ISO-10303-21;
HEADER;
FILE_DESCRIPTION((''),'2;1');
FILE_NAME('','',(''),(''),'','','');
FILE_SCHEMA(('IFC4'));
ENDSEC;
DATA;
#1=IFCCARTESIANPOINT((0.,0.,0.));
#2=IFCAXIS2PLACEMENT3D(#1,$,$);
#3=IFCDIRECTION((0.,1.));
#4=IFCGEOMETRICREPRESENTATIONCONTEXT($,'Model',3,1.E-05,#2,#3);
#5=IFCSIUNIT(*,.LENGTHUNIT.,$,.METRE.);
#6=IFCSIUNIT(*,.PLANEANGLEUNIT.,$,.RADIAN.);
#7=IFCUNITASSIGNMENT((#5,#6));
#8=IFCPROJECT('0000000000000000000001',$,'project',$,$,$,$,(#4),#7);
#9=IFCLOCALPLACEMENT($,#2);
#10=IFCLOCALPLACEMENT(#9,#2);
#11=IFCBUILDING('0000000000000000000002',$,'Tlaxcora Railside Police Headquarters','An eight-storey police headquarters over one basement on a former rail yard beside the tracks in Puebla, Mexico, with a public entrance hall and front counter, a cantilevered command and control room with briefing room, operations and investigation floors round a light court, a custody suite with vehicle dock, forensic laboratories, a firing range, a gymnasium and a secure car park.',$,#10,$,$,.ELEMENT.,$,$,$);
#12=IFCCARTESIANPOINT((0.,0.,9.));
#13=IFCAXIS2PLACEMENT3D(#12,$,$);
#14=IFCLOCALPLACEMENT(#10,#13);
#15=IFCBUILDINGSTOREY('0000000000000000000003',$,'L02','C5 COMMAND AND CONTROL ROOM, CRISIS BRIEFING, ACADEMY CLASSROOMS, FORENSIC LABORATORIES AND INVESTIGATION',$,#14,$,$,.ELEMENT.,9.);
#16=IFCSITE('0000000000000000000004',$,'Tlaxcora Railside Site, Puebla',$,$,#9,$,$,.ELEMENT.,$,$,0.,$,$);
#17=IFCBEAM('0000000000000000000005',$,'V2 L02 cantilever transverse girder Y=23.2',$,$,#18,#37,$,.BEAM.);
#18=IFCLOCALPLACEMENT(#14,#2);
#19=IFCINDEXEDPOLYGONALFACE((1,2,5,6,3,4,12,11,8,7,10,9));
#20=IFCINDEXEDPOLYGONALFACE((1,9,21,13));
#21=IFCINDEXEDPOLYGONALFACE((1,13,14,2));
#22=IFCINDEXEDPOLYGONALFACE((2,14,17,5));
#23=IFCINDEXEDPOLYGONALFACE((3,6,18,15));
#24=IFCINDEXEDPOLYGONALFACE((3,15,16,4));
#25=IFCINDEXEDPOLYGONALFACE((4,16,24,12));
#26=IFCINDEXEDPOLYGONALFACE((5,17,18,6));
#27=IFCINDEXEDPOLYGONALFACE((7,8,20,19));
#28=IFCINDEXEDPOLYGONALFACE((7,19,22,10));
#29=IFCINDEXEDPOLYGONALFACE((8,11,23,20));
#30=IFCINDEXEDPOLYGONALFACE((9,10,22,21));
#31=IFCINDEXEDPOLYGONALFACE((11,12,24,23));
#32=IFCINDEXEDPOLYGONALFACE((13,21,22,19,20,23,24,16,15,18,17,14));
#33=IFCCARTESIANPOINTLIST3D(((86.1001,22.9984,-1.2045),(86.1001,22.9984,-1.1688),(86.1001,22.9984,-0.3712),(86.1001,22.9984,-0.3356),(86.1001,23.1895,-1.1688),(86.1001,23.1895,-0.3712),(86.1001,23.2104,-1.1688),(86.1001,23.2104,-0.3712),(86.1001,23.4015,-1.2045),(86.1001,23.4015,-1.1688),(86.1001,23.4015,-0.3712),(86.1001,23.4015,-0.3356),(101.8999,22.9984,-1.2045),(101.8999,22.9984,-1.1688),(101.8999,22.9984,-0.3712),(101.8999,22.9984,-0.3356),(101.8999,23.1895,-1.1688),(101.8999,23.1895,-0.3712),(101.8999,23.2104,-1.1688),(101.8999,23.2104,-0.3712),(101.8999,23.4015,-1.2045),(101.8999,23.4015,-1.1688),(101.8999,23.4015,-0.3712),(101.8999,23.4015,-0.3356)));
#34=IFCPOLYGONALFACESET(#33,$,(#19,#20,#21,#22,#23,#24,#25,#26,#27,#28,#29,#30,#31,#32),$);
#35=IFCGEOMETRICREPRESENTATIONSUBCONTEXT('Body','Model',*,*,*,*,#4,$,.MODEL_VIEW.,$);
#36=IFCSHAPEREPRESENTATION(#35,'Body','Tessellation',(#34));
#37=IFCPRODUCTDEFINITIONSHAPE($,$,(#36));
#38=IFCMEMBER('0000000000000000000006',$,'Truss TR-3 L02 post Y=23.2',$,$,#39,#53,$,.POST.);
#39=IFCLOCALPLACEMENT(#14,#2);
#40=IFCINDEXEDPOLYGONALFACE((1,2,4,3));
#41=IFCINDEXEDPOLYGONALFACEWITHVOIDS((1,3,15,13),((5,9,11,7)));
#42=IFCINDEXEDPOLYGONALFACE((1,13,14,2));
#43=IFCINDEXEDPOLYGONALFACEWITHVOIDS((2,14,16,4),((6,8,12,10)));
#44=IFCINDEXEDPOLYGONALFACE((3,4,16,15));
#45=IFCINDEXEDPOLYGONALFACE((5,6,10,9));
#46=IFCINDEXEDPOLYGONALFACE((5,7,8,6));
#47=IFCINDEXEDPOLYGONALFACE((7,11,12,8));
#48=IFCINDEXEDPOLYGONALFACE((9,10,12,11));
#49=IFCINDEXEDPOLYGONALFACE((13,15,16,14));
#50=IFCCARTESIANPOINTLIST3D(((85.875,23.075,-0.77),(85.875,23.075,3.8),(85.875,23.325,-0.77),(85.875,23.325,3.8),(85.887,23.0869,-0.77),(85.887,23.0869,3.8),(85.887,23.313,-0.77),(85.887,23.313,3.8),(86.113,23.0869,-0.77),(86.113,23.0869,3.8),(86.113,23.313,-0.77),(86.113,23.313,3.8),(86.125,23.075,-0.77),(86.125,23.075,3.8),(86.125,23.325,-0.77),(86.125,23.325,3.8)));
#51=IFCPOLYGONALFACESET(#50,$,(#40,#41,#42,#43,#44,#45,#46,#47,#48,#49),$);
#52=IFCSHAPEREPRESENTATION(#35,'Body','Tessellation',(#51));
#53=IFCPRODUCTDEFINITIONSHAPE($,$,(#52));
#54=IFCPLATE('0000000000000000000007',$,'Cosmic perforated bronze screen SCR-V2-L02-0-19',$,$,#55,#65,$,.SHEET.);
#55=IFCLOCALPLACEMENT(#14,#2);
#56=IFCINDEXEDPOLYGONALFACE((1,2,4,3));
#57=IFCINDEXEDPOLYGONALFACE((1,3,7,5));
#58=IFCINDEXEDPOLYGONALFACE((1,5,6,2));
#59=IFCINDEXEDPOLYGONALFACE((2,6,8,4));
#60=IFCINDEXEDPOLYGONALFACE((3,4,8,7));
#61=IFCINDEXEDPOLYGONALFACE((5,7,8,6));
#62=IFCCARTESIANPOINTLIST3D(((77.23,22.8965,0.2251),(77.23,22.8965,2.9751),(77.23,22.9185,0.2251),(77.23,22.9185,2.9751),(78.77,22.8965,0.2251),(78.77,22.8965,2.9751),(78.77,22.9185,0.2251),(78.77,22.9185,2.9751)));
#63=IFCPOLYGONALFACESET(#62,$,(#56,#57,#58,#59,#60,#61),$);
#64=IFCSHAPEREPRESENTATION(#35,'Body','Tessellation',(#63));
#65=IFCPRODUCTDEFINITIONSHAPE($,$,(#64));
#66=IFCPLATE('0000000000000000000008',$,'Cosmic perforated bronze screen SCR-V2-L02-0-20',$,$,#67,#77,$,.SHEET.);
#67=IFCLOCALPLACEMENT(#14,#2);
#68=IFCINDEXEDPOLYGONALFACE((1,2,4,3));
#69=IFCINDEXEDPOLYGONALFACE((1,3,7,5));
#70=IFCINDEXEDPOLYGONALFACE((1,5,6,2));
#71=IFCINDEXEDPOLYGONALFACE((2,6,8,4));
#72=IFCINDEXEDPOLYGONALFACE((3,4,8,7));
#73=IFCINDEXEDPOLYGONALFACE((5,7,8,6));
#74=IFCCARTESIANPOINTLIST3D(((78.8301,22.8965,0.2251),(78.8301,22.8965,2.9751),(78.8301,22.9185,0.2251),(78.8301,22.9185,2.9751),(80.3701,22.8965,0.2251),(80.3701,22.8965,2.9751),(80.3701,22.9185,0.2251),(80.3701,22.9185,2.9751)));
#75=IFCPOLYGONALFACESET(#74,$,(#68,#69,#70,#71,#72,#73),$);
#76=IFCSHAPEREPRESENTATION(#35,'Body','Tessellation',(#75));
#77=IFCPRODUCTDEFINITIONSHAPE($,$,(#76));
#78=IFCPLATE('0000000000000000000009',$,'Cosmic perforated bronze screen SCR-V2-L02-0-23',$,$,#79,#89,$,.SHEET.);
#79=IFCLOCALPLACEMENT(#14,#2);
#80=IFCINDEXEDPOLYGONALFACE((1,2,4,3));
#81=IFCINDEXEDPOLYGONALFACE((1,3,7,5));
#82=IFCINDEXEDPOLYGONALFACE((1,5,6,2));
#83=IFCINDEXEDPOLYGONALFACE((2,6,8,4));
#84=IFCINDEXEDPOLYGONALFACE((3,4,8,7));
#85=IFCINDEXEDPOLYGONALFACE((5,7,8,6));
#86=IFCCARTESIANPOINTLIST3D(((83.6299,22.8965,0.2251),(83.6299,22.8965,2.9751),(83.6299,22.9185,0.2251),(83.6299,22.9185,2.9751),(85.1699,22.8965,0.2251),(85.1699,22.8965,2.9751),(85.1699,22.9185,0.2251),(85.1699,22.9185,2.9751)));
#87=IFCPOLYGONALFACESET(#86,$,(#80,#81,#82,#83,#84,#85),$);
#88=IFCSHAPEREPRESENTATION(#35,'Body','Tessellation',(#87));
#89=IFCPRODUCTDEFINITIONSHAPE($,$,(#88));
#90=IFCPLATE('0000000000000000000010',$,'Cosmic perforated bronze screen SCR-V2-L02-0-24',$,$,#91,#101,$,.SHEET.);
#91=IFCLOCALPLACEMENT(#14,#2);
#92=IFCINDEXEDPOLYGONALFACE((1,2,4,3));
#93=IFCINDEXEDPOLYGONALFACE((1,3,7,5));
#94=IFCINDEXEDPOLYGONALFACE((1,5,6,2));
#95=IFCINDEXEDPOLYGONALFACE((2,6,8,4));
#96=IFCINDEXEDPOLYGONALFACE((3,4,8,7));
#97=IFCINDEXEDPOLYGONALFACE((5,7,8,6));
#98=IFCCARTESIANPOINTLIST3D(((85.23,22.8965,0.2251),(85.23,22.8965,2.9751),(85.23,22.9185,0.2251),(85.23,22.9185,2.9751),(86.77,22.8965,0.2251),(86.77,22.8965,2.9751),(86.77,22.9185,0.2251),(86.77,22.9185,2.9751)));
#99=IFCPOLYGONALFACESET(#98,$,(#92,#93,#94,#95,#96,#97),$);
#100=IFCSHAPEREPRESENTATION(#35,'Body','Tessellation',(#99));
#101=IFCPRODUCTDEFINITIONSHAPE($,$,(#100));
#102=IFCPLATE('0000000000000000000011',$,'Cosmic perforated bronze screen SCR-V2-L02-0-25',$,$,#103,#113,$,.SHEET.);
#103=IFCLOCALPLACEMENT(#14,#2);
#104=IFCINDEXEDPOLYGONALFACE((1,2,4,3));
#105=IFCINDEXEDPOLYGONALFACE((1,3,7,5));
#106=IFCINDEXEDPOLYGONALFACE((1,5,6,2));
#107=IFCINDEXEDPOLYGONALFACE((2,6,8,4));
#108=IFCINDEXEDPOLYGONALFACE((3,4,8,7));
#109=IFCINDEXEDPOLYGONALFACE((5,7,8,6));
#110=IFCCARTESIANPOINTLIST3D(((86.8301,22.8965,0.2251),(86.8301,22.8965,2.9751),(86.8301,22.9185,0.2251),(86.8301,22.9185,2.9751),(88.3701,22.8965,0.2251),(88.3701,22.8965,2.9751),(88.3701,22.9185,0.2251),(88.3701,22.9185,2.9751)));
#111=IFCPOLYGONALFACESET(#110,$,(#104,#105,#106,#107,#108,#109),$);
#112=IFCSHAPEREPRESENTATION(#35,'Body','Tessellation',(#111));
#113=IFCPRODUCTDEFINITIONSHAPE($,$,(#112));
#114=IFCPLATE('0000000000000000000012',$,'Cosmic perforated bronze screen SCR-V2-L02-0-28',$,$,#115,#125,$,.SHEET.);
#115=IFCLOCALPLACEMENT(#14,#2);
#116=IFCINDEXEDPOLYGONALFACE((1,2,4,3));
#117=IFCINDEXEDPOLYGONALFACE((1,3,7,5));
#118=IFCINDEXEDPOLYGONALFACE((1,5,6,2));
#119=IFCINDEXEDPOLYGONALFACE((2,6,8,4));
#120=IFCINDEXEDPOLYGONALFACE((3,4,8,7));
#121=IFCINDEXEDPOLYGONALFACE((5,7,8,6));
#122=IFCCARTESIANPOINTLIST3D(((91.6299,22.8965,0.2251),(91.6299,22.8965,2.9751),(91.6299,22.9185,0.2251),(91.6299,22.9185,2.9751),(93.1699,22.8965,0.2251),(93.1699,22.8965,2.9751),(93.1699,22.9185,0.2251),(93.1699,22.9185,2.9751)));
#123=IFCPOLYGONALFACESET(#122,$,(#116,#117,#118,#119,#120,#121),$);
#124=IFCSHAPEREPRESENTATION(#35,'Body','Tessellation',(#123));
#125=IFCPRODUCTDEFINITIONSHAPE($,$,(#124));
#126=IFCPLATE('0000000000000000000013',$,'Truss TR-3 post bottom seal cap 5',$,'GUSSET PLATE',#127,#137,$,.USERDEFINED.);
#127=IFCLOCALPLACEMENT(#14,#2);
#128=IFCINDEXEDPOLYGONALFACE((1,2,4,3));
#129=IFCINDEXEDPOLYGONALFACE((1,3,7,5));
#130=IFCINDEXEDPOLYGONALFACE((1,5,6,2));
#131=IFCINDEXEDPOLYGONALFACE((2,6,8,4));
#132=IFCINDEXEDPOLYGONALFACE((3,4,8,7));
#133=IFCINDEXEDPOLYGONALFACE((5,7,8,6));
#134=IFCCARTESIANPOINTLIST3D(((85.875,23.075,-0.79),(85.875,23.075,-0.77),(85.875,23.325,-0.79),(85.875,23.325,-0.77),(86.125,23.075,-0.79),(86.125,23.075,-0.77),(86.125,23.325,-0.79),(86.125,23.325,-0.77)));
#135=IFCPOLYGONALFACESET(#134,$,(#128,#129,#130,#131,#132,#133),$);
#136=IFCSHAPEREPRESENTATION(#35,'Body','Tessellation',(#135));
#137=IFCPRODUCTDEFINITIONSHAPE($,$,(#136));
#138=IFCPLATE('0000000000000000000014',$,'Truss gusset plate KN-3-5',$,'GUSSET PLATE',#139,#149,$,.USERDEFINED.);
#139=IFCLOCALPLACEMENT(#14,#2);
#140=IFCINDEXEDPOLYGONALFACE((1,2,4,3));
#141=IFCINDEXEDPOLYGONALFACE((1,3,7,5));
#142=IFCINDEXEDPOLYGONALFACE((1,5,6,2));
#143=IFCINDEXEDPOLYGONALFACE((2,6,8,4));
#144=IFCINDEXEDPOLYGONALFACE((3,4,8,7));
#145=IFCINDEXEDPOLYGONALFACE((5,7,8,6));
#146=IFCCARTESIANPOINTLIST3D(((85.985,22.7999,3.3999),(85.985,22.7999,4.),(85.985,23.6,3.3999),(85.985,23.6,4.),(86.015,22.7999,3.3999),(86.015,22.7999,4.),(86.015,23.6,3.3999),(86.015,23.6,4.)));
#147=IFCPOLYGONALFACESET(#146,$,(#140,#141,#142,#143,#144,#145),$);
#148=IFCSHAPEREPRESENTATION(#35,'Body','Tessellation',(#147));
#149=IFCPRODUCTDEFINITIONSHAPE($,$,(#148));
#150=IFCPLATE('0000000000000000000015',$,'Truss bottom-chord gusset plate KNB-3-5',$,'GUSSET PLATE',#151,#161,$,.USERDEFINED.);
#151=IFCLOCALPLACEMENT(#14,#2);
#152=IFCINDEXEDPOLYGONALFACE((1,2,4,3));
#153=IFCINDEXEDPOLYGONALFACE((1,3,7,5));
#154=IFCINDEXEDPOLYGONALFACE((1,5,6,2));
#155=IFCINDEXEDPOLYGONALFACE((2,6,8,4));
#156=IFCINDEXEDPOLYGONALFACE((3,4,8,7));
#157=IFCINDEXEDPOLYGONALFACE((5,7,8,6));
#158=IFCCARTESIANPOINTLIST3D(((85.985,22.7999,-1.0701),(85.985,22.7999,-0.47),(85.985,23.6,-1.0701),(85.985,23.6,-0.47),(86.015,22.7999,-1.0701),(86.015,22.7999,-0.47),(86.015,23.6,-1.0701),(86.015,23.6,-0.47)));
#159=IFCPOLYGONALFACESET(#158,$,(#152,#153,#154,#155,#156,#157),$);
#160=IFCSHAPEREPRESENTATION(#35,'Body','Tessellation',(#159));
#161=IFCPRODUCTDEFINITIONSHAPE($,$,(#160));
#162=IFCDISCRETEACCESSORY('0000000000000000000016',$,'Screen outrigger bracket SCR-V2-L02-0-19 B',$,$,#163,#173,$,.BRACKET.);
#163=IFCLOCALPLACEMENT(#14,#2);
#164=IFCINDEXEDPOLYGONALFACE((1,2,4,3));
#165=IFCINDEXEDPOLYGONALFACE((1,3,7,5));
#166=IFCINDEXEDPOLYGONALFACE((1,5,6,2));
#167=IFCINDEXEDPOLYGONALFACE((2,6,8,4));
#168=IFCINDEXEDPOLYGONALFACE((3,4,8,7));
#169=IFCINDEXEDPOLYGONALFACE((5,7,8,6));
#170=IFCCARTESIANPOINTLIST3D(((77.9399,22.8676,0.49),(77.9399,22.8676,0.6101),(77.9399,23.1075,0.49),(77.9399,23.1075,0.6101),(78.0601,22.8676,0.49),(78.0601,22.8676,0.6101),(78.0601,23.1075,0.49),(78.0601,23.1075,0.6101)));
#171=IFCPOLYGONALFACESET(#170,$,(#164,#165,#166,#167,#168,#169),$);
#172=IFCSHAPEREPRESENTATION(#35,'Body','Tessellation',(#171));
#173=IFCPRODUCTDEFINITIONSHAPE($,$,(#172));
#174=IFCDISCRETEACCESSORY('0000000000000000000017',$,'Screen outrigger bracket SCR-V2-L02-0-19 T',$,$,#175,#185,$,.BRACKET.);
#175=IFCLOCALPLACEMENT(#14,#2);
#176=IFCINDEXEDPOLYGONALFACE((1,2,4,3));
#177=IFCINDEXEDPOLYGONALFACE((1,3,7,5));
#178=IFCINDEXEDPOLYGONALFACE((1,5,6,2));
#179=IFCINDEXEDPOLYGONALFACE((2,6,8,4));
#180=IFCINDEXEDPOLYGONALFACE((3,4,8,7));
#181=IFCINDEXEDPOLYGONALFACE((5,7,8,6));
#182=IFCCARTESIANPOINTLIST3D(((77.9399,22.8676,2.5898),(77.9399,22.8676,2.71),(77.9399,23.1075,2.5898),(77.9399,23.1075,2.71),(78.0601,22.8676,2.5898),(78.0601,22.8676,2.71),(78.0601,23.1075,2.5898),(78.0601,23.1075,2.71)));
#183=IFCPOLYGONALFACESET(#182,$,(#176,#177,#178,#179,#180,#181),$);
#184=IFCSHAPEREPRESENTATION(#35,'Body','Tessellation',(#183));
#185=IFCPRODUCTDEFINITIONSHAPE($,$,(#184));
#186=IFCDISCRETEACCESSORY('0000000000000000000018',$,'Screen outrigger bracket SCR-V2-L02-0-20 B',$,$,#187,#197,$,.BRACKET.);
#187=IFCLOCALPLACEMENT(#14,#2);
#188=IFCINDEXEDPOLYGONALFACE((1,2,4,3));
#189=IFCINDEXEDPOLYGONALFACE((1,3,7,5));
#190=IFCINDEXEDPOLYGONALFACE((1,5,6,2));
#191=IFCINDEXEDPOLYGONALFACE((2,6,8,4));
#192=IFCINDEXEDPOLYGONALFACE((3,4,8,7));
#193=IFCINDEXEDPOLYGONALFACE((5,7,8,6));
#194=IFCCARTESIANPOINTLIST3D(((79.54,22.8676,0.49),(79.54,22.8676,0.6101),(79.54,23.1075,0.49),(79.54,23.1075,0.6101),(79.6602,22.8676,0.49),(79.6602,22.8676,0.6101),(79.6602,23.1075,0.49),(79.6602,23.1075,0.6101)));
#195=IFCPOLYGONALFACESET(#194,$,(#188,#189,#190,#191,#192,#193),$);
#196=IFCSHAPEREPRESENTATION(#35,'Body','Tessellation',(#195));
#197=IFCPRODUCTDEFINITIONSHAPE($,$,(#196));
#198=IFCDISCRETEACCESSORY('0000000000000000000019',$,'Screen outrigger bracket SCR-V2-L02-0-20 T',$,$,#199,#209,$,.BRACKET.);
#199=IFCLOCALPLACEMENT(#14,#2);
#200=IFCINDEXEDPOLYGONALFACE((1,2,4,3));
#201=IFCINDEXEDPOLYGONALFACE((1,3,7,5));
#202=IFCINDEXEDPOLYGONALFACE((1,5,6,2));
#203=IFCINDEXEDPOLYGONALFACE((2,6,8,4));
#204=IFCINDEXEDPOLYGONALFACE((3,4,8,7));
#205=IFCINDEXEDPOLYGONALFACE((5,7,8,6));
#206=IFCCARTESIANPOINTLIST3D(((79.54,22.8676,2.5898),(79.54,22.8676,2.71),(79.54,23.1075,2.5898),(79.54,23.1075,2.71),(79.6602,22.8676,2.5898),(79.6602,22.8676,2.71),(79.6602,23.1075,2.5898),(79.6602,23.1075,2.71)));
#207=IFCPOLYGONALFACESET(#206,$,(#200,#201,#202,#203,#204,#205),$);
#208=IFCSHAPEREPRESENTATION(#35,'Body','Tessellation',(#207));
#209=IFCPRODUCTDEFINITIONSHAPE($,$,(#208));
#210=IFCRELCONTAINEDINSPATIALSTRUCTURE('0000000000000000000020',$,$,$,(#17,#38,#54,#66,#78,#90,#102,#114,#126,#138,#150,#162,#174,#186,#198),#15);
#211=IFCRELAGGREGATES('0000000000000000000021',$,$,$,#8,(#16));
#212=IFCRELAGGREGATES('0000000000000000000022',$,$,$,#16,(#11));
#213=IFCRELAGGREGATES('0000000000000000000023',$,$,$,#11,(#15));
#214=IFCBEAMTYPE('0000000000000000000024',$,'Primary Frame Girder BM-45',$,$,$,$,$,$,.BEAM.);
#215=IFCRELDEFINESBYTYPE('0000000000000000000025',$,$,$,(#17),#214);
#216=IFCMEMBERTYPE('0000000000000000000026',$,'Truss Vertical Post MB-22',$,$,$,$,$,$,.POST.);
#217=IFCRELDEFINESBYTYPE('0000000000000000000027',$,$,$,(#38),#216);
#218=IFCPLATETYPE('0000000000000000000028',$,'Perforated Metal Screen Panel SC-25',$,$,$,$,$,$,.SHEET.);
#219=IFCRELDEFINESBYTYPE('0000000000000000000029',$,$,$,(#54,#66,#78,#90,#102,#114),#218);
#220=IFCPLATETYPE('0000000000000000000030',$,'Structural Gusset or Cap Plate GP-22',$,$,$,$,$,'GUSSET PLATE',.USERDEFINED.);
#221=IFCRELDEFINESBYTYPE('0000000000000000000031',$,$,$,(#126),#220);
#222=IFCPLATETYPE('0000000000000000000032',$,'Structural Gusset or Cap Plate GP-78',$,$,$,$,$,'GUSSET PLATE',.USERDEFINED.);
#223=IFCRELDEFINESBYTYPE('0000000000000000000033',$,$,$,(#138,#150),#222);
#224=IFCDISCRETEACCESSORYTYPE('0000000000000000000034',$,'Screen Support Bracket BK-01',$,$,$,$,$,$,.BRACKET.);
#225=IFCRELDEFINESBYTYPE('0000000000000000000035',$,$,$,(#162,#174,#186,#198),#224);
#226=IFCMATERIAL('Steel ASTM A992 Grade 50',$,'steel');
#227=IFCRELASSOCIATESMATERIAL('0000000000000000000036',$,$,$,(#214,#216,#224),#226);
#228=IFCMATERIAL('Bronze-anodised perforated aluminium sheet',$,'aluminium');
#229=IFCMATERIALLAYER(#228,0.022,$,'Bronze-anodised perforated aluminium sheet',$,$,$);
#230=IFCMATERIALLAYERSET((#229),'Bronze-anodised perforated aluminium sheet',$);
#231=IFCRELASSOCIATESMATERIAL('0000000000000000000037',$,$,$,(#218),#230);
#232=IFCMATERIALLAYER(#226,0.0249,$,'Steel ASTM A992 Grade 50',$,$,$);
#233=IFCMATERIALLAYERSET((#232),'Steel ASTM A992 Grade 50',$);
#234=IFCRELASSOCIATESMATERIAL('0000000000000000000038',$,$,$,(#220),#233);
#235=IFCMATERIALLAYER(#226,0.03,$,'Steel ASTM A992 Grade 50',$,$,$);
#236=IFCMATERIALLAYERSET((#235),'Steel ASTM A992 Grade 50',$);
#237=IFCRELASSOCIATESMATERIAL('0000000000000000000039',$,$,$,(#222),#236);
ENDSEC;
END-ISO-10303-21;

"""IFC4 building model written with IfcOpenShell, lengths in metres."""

from ifc_helpers import new_model, si_unit, direction, frame, origin, origin_2d, place, context, subcontext, project, spatial, rectangle, hollow_rectangle, i_section, extrude, material, layer, layer_set, material_profile, profile_set, type_object, element, save


model = new_model("IFC4")

# Units and contexts
model_context = context("Model", 3, precision=1e-05, world=origin(), true_north=direction((0.0, 1.0)))
body_context = subcontext(model_context, "Body", "Model", "MODEL_VIEW")
ifc_project = project(units=[si_unit("LENGTHUNIT", "METRE"), si_unit("PLANEANGLEUNIT", "RADIAN")], contexts=[model_context])

# Site, building, storey
site_placement = place(None, origin())
site = spatial("IfcSite", under=ifc_project, at=site_placement, Name="Tlaxcora Railside Site, Puebla", CompositionType="ELEMENT", RefElevation=0.0)
building_placement = place(site_placement, origin())
building = spatial("IfcBuilding", under=site, at=building_placement, Name="Tlaxcora Railside Police Headquarters", Description="An eight-storey police headquarters over one basement on a former rail yard beside the tracks in Puebla, Mexico, with a public entrance hall and front counter, a cantilevered command and control room with briefing room, operations and investigation floors round a light court, a custody suite with vehicle dock, forensic laboratories, a firing range, a gymnasium and a secure car park.", CompositionType="ELEMENT")
storey_placement = place(building_placement, frame((0.0, 0.0, 9.0)))
storey = spatial("IfcBuildingStorey", under=building, at=storey_placement, Name="L02", Description="C5 COMMAND AND CONTROL ROOM, CRISIS BRIEFING, ACADEMY CLASSROOMS, FORENSIC LABORATORIES AND INVESTIGATION", CompositionType="ELEMENT", Elevation=9.0)

# Beam
ifc_material_1 = material(Name="Steel ASTM A992 Grade 50", Category="steel")
ifc_material_profile_1 = material_profile(ifc_material_1, i_section(OverallWidth=0.4031, OverallDepth=0.8689, WebThickness=0.021, FlangeThickness=0.0356, at=origin_2d()), Name="W33X241")
ifc_profile_set_1 = profile_set([ifc_material_profile_1], Name="Steel ASTM A992 Grade 50")
beam_type = type_object("IfcBeamType", Name="Primary Frame Girder BM-45", PredefinedType="BEAM", material=ifc_profile_set_1)
beam_placement = place(storey_placement, frame((86.1001, 23.2, -0.77), z_axis=(1.0, 0.0, 0.0), x_axis=(0.0, 1.0, 0.0)))
element("IfcBeam", 1, at=beam_placement, inside=storey, type_object=beam_type, Name="V2 L02 cantilever transverse girder Y=23.2", PredefinedType="BEAM", context=body_context, shape_type="SweptSolid", body=[
    extrude(i_section(OverallWidth=0.4031, OverallDepth=0.8689, WebThickness=0.021, FlangeThickness=0.0356, at=origin_2d()), origin(), (0.0, 0.0, 1.0), 15.7998),
])

# Member
ifc_material_profile_2 = material_profile(ifc_material_1, hollow_rectangle(XDim=0.25, YDim=0.25, WallThickness=0.012, at=origin_2d()), Name="HSS250X250X12")
ifc_profile_set_2 = profile_set([ifc_material_profile_2], Name="Steel ASTM A992 Grade 50")
member_type = type_object("IfcMemberType", Name="Truss Vertical Post MB-22", PredefinedType="POST", material=ifc_profile_set_2)
member_placement = place(storey_placement, frame((86.0, 23.2, -0.77), z_axis=(0.0, 0.0, 1.0), x_axis=(1.0, 0.0, 0.0)))
element("IfcMember", 2, at=member_placement, inside=storey, type_object=member_type, Name="Truss TR-3 L02 post Y=23.2", PredefinedType="POST", context=body_context, shape_type="SweptSolid", body=[
    extrude(hollow_rectangle(XDim=0.25, YDim=0.25, WallThickness=0.012, at=origin_2d()), origin(), (0.0, 0.0, 1.0), 4.5701),
])

# Plates
ifc_material_2 = material(Name="Bronze-anodised perforated aluminium sheet", Category="aluminium")
ifc_layer_1 = layer(ifc_material_2, 0.022, Name="Bronze-anodised perforated aluminium sheet")
ifc_layer_set_1 = layer_set([ifc_layer_1], Name="Bronze-anodised perforated aluminium sheet")
plate_type_1 = type_object("IfcPlateType", Name="Perforated Metal Screen Panel SC-25", PredefinedType="SHEET", material=ifc_layer_set_1)
for number, where, z_axis, x_axis, name in (
    (3, (78.0, 22.9075, 0.2251), (0.0, 0.0, 1.0), (1.0, 0.0, 0.0), "Cosmic perforated bronze screen SCR-V2-L02-0-19"),
    (4, (79.6001, 22.9075, 0.2251), (0.0, 0.0, 1.0), (1.0, 0.0, 0.0), "Cosmic perforated bronze screen SCR-V2-L02-0-20"),
    (5, (84.3999, 22.9075, 0.2251), (0.0, 0.0, 1.0), (1.0, 0.0, 0.0), "Cosmic perforated bronze screen SCR-V2-L02-0-23"),
    (6, (86.0, 22.9075, 0.2251), (0.0, 0.0, 1.0), (1.0, 0.0, 0.0), "Cosmic perforated bronze screen SCR-V2-L02-0-24"),
    (7, (87.6001, 22.9075, 0.2251), (0.0, 0.0, 1.0), (1.0, 0.0, 0.0), "Cosmic perforated bronze screen SCR-V2-L02-0-25"),
    (8, (92.3999, 22.9075, 0.2251), (0.0, 0.0, 1.0), (1.0, 0.0, 0.0), "Cosmic perforated bronze screen SCR-V2-L02-0-28"),
):
    element("IfcPlate", number, at=place(storey_placement, frame(where, z_axis=z_axis, x_axis=x_axis)), inside=storey, type_object=plate_type_1, Name=name, PredefinedType="SHEET", context=body_context, shape_type="SweptSolid", body=[
        extrude(rectangle(XDim=1.54, YDim=0.022, at=origin_2d()), origin(), (0.0, 0.0, 1.0), 2.75),
    ])
ifc_layer_2 = layer(ifc_material_1, 0.0249, Name="Steel ASTM A992 Grade 50")
ifc_layer_set_2 = layer_set([ifc_layer_2], Name="Steel ASTM A992 Grade 50")
plate_type_2 = type_object("IfcPlateType", Name="Structural Gusset or Cap Plate GP-22", ElementType="GUSSET PLATE", PredefinedType="USERDEFINED", material=ifc_layer_set_2)
plate_placement = place(storey_placement, frame((86.0, 23.2, -0.79), z_axis=(0.0, 0.0, 1.0), x_axis=(1.0, 0.0, 0.0)))
element("IfcPlate", 9, at=plate_placement, inside=storey, type_object=plate_type_2, Name="Truss TR-3 post bottom seal cap 5", ObjectType="GUSSET PLATE", PredefinedType="USERDEFINED", context=body_context, shape_type="SweptSolid", body=[
    extrude(rectangle(XDim=0.25, YDim=0.25, at=origin_2d()), origin(), (0.0, 0.0, 1.0), 0.02),
])
ifc_layer_3 = layer(ifc_material_1, 0.03, Name="Steel ASTM A992 Grade 50")
ifc_layer_set_3 = layer_set([ifc_layer_3], Name="Steel ASTM A992 Grade 50")
plate_type_3 = type_object("IfcPlateType", Name="Structural Gusset or Cap Plate GP-78", ElementType="GUSSET PLATE", PredefinedType="USERDEFINED", material=ifc_layer_set_3)
for number, where, z_axis, x_axis, name in (
    (10, (86.0, 23.2, 3.3999), (0.0, 0.0, 1.0), (0.0, 1.0, 0.0), "Truss gusset plate KN-3-5"),
    (11, (86.0, 23.2, -1.0701), (0.0, 0.0, 1.0), (0.0, 1.0, 0.0), "Truss bottom-chord gusset plate KNB-3-5"),
):
    element("IfcPlate", number, at=place(storey_placement, frame(where, z_axis=z_axis, x_axis=x_axis)), inside=storey, type_object=plate_type_3, Name=name, ObjectType="GUSSET PLATE", PredefinedType="USERDEFINED", context=body_context, shape_type="SweptSolid", body=[
        extrude(rectangle(XDim=0.8, YDim=0.03, at=origin_2d()), origin(), (0.0, 0.0, 1.0), 0.6001),
    ])

# Discrete accessories
discrete_accessory_type = type_object("IfcDiscreteAccessoryType", Name="Screen Support Bracket BK-01", PredefinedType="BRACKET", material=ifc_material_1)
for number, where, z_axis, x_axis, name in (
    (12, (78.0, 22.9875, 0.49), (0.0, 0.0, 1.0), (1.0, 0.0, 0.0), "Screen outrigger bracket SCR-V2-L02-0-19 B"),
    (13, (78.0, 22.9875, 2.5898), (0.0, 0.0, 1.0), (1.0, 0.0, 0.0), "Screen outrigger bracket SCR-V2-L02-0-19 T"),
    (14, (79.6001, 22.9875, 0.49), (0.0, 0.0, 1.0), (1.0, 0.0, 0.0), "Screen outrigger bracket SCR-V2-L02-0-20 B"),
    (15, (79.6001, 22.9875, 2.5898), (0.0, 0.0, 1.0), (1.0, 0.0, 0.0), "Screen outrigger bracket SCR-V2-L02-0-20 T"),
):
    element("IfcDiscreteAccessory", number, at=place(storey_placement, frame(where, z_axis=z_axis, x_axis=x_axis)), inside=storey, type_object=discrete_accessory_type, Name=name, PredefinedType="BRACKET", context=body_context, shape_type="SweptSolid", body=[
        extrude(rectangle(XDim=0.1201, YDim=0.24, at=origin_2d()), origin(), (0.0, 0.0, 1.0), 0.1201),
    ])

save(model, "model.ifc")
